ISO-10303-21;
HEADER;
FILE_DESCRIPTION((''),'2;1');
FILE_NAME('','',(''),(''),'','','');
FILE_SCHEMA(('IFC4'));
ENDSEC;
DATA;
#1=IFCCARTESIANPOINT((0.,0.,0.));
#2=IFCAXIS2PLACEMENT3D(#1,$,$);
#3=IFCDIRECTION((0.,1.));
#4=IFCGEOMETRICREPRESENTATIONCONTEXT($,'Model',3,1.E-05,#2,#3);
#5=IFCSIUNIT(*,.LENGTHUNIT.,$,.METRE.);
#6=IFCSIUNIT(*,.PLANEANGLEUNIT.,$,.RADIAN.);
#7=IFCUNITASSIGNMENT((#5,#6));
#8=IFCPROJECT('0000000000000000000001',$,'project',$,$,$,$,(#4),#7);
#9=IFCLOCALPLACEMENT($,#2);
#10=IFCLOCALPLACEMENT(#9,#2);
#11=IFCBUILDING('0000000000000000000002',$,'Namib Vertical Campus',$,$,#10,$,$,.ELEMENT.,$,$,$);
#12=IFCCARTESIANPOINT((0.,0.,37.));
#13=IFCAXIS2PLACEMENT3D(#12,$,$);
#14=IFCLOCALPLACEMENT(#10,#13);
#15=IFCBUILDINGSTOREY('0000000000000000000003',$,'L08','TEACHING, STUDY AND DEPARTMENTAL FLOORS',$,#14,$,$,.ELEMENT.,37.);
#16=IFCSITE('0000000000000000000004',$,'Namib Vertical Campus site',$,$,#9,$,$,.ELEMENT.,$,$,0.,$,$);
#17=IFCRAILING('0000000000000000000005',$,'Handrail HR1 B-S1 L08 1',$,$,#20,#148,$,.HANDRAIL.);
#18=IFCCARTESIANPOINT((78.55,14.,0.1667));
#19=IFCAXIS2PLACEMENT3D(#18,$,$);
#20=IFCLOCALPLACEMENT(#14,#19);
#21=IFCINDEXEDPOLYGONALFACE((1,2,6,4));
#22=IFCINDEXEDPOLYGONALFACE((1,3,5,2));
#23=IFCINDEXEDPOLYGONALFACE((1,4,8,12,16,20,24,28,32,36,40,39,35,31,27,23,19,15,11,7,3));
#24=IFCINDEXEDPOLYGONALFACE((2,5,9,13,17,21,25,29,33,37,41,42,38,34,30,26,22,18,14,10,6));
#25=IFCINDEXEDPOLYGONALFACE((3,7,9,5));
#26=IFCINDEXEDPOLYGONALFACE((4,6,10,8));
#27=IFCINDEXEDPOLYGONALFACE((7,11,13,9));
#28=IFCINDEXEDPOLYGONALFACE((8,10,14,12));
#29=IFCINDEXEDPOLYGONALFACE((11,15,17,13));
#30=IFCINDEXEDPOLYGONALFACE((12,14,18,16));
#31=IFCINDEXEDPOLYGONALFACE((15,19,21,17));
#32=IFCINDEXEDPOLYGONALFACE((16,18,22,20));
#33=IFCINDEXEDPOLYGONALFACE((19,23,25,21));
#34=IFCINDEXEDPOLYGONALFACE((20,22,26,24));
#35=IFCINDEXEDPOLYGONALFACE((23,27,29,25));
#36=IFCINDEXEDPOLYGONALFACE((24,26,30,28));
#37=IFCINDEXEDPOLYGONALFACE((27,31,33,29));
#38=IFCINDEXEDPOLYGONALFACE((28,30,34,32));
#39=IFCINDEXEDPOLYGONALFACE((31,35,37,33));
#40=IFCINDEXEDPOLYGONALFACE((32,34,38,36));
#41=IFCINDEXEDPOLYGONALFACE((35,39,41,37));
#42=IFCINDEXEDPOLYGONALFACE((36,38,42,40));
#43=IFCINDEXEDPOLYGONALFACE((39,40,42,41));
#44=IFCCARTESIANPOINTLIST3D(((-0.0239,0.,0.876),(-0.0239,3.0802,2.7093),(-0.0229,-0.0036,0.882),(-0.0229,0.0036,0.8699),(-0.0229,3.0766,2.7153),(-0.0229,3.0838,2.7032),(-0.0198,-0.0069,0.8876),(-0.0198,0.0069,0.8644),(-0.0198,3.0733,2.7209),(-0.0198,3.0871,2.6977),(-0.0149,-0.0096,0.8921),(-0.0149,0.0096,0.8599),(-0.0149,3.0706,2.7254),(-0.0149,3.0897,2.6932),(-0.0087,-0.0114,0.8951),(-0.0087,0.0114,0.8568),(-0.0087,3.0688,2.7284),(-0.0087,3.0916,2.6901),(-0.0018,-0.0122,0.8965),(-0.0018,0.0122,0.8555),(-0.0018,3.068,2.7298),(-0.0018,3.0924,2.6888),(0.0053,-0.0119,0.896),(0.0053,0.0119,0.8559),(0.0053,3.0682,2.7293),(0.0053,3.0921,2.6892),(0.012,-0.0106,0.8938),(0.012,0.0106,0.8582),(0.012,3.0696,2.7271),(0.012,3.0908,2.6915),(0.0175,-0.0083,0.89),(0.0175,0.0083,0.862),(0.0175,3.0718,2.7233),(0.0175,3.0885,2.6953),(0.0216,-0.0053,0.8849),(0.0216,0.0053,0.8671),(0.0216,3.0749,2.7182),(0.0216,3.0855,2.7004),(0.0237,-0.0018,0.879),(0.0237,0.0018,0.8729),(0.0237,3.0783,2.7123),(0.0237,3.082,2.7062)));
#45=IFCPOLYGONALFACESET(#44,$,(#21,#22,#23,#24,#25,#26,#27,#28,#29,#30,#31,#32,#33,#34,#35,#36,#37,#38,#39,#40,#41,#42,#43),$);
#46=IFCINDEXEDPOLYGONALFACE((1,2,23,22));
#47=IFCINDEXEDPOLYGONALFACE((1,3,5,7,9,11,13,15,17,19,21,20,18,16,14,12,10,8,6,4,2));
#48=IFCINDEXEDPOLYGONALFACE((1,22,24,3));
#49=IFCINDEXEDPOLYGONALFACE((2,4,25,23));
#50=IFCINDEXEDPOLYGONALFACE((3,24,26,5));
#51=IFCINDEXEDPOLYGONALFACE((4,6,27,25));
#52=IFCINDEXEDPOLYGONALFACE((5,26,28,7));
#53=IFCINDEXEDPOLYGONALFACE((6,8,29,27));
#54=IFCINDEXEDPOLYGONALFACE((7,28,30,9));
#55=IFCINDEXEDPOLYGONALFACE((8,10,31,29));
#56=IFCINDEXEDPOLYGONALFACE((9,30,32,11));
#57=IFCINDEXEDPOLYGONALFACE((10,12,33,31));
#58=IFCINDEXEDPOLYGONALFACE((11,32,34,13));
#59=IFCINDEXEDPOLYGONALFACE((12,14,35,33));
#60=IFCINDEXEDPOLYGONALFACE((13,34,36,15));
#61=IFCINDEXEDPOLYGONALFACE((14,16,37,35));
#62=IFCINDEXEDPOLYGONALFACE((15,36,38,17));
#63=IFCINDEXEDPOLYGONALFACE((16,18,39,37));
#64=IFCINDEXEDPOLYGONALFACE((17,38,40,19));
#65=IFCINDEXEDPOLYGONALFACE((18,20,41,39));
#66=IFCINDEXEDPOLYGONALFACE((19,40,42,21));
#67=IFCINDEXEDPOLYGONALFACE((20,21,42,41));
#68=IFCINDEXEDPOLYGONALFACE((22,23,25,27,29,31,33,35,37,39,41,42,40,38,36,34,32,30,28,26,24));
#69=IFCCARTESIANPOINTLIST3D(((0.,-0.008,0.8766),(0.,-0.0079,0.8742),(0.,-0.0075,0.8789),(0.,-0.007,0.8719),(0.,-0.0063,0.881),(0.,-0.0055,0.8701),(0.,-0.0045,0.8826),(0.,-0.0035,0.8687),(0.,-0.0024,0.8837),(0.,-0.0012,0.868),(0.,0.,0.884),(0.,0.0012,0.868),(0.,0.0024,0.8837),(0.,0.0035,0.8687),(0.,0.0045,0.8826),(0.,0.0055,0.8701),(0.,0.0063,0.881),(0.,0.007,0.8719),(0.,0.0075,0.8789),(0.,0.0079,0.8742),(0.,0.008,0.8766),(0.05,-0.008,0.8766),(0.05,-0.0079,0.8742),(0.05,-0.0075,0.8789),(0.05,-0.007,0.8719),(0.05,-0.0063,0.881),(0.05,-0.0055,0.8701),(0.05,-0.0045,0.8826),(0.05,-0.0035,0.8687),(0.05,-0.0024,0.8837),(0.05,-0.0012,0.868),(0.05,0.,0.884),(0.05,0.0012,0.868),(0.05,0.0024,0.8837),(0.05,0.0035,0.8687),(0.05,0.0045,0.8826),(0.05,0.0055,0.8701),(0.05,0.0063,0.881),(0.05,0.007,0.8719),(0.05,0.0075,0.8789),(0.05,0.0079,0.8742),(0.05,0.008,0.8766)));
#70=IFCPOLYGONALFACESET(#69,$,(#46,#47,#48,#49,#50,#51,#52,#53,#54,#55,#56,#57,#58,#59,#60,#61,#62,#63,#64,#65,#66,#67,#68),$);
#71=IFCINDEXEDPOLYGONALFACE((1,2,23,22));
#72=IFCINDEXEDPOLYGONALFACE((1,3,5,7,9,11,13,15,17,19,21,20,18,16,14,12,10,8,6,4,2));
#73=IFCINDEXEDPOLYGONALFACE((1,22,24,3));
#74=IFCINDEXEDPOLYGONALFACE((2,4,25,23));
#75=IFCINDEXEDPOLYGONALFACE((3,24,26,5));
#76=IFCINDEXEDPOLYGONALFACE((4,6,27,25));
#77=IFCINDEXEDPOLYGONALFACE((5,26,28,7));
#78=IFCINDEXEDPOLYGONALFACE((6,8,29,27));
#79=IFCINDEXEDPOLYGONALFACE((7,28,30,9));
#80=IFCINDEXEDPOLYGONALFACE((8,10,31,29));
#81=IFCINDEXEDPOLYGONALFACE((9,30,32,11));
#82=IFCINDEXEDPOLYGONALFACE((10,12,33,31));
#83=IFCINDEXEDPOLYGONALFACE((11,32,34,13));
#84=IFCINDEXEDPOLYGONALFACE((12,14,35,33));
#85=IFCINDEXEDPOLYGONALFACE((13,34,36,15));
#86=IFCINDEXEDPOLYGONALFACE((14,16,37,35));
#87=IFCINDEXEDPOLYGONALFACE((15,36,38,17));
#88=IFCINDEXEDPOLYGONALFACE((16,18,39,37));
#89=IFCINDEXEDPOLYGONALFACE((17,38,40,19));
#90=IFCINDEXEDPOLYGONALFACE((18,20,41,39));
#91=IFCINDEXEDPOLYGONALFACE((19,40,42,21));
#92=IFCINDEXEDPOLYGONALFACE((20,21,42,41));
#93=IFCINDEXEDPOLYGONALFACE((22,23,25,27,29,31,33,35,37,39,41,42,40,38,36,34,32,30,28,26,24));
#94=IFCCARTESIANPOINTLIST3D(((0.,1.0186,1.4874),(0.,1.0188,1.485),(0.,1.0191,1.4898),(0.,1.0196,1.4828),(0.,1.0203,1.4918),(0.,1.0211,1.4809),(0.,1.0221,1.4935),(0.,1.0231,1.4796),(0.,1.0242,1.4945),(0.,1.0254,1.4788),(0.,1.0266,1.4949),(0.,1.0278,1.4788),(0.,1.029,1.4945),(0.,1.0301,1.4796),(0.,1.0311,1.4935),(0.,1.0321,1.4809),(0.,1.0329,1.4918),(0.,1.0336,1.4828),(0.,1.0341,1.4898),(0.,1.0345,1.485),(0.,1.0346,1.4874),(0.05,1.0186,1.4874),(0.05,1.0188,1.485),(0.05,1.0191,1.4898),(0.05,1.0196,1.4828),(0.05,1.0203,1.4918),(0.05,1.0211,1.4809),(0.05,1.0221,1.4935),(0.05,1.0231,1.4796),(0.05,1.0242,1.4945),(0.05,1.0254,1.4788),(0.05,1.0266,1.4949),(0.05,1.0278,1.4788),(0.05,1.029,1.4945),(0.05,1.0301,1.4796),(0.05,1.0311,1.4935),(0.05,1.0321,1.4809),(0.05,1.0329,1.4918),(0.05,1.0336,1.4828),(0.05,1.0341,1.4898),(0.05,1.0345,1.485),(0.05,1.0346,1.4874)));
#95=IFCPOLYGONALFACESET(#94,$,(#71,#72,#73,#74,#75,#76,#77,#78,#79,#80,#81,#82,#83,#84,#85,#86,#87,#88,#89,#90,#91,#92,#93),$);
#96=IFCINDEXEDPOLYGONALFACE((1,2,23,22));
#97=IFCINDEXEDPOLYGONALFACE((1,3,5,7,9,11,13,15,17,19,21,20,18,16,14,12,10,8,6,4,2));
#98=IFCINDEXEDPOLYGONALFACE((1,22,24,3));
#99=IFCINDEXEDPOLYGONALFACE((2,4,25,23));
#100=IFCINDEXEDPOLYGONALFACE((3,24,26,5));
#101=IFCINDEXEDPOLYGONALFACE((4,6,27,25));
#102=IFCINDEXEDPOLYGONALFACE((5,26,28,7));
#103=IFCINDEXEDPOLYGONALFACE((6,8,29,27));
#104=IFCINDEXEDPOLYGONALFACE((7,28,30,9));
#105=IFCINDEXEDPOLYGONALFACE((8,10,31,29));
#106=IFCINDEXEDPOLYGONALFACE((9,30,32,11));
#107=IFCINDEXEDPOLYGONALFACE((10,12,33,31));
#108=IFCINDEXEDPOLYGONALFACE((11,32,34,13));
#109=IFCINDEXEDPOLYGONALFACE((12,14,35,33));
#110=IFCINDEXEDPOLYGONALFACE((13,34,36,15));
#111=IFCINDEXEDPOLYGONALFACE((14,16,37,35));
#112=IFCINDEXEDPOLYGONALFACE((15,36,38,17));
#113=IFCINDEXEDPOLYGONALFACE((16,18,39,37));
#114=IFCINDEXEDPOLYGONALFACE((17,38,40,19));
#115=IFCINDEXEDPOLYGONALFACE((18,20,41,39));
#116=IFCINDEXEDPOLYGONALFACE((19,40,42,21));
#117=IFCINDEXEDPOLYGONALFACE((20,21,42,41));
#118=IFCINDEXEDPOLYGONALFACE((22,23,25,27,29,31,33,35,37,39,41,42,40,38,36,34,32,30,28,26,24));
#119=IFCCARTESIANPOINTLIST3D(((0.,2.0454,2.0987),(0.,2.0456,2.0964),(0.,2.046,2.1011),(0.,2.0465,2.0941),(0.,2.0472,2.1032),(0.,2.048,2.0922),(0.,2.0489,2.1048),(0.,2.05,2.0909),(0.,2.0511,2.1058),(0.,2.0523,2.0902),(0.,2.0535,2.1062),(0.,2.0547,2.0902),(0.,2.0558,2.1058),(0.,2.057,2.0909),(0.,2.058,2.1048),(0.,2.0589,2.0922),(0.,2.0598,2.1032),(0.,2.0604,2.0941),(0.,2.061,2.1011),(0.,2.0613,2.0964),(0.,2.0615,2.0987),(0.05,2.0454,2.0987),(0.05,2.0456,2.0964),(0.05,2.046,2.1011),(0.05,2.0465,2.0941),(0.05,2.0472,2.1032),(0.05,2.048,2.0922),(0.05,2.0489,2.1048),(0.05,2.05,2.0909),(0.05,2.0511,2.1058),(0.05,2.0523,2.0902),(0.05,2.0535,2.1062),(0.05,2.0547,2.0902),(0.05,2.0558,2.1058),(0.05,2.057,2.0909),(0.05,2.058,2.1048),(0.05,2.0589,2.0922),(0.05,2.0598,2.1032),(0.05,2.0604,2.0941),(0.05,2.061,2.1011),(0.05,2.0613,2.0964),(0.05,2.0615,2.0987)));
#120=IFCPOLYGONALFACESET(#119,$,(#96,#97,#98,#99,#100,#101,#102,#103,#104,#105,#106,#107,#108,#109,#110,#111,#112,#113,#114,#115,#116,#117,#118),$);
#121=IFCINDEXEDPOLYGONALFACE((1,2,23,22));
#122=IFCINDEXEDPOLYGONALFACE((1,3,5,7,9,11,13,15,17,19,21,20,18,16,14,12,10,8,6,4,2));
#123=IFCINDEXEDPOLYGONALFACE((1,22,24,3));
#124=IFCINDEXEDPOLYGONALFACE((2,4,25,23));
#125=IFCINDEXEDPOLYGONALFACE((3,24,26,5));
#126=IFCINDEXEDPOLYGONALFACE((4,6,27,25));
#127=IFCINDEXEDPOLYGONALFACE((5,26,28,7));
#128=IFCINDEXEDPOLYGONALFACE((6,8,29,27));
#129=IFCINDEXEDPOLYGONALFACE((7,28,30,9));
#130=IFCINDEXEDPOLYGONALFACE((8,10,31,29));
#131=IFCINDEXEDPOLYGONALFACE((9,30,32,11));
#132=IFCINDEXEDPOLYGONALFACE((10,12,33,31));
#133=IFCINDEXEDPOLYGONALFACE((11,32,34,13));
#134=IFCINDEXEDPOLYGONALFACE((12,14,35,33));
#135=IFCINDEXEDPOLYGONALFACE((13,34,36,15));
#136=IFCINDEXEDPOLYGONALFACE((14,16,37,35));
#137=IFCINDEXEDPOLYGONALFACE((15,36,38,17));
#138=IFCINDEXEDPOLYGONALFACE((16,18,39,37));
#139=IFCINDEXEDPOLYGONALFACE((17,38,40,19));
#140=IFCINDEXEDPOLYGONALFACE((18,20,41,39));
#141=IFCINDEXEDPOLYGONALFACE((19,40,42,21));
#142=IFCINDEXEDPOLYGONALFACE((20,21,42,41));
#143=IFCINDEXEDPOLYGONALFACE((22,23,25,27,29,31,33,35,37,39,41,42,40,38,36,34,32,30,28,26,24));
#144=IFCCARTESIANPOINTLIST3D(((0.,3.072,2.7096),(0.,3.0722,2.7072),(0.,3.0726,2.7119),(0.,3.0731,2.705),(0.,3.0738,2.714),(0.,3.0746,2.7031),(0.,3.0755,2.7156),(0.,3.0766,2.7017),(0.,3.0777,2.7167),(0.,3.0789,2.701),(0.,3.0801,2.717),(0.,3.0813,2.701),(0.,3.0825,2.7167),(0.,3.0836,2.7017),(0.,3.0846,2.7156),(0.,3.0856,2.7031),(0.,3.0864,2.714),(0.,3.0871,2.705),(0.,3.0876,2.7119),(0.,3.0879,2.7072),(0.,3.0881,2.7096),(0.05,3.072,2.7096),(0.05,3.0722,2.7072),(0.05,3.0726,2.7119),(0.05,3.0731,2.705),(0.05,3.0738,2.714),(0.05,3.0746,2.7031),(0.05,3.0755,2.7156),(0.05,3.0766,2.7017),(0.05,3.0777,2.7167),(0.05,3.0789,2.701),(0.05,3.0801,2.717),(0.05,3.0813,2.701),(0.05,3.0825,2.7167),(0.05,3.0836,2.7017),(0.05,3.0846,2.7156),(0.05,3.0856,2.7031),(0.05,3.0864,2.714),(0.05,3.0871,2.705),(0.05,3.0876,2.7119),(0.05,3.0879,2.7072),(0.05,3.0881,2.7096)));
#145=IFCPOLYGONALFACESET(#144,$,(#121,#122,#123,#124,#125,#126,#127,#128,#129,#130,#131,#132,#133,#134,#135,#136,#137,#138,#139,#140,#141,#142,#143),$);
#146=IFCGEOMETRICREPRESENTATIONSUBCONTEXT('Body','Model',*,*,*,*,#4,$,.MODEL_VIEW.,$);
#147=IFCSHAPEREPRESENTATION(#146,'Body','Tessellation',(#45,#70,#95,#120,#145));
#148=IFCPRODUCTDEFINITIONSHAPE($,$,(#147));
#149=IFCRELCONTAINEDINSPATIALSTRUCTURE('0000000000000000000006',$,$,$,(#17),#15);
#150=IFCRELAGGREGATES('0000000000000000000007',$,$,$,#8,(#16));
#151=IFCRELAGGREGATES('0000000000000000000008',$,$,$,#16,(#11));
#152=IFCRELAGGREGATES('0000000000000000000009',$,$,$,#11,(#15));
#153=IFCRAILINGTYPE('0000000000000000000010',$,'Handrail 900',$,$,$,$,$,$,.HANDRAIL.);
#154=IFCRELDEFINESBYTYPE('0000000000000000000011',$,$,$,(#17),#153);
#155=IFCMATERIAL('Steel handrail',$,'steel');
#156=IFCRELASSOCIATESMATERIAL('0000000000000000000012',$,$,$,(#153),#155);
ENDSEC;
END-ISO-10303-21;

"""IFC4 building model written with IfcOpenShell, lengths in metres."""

from ifc_helpers import new_model, si_unit, direction, frame, origin, origin_2d, place, context, subcontext, project, spatial, circle, extrude, material, type_object, element, save


model = new_model("IFC4")

# Units and contexts
model_context = context("Model", 3, precision=1e-05, world=origin(), true_north=direction((0.0, 1.0)))
body_context = subcontext(model_context, "Body", "Model", "MODEL_VIEW")
ifc_project = project(units=[si_unit("LENGTHUNIT", "METRE"), si_unit("PLANEANGLEUNIT", "RADIAN")], contexts=[model_context])

# Site, building, storey
site_placement = place(None, origin())
site = spatial("IfcSite", under=ifc_project, at=site_placement, Name="Namib Vertical Campus site", CompositionType="ELEMENT", RefElevation=0.0)
building_placement = place(site_placement, origin())
building = spatial("IfcBuilding", under=site, at=building_placement, Name="Namib Vertical Campus", CompositionType="ELEMENT")
storey_placement = place(building_placement, frame((0.0, 0.0, 37.0)))
storey = spatial("IfcBuildingStorey", under=building, at=storey_placement, Name="L08", Description="TEACHING, STUDY AND DEPARTMENTAL FLOORS", CompositionType="ELEMENT", Elevation=37.0)

# Railing
ifc_material_1 = material(Name="Steel handrail", Category="steel")
railing_type_1 = type_object("IfcRailingType", Name="Handrail 900", PredefinedType="HANDRAIL", material=ifc_material_1)
railing_1_placement = place(storey_placement, frame((78.55, 14.0, 0.1667)))
element("IfcRailing", 1, at=railing_1_placement, inside=storey, type_object=railing_type_1, Name="Handrail HR1 B-S1 L08 1", PredefinedType="HANDRAIL", context=body_context, shape_type="SweptSolid", body=[
    extrude(circle(Radius=0.0239, at=origin_2d()), frame((0.0, 0.0, 0.876), z_axis=(0.0, 0.859309, 0.511458), x_axis=(-1.0, 0.0, 0.0)), (0.0, 0.0, 1.0), 3.5845),
    extrude(circle(Radius=0.0081, at=origin_2d()), frame((0.0, 0.0, 0.876), z_axis=(1.0, 0.0, 0.0), x_axis=(0.0, 0.0, 1.0)), (0.0, 0.0, 1.0), 0.05),
    extrude(circle(Radius=0.0081, at=origin_2d()), frame((0.0, 1.0266, 1.4868), z_axis=(1.0, 0.0, 0.0), x_axis=(0.0, 0.0, 1.0)), (0.0, 0.0, 1.0), 0.05),
    extrude(circle(Radius=0.0081, at=origin_2d()), frame((0.0, 2.0535, 2.0981), z_axis=(1.0, 0.0, 0.0), x_axis=(0.0, 0.0, 1.0)), (0.0, 0.0, 1.0), 0.05),
    extrude(circle(Radius=0.0081, at=origin_2d()), frame((0.0, 3.0801, 2.709), z_axis=(1.0, 0.0, 0.0), x_axis=(0.0, 0.0, 1.0)), (0.0, 0.0, 1.0), 0.05),
])

save(model, "model.ifc")
